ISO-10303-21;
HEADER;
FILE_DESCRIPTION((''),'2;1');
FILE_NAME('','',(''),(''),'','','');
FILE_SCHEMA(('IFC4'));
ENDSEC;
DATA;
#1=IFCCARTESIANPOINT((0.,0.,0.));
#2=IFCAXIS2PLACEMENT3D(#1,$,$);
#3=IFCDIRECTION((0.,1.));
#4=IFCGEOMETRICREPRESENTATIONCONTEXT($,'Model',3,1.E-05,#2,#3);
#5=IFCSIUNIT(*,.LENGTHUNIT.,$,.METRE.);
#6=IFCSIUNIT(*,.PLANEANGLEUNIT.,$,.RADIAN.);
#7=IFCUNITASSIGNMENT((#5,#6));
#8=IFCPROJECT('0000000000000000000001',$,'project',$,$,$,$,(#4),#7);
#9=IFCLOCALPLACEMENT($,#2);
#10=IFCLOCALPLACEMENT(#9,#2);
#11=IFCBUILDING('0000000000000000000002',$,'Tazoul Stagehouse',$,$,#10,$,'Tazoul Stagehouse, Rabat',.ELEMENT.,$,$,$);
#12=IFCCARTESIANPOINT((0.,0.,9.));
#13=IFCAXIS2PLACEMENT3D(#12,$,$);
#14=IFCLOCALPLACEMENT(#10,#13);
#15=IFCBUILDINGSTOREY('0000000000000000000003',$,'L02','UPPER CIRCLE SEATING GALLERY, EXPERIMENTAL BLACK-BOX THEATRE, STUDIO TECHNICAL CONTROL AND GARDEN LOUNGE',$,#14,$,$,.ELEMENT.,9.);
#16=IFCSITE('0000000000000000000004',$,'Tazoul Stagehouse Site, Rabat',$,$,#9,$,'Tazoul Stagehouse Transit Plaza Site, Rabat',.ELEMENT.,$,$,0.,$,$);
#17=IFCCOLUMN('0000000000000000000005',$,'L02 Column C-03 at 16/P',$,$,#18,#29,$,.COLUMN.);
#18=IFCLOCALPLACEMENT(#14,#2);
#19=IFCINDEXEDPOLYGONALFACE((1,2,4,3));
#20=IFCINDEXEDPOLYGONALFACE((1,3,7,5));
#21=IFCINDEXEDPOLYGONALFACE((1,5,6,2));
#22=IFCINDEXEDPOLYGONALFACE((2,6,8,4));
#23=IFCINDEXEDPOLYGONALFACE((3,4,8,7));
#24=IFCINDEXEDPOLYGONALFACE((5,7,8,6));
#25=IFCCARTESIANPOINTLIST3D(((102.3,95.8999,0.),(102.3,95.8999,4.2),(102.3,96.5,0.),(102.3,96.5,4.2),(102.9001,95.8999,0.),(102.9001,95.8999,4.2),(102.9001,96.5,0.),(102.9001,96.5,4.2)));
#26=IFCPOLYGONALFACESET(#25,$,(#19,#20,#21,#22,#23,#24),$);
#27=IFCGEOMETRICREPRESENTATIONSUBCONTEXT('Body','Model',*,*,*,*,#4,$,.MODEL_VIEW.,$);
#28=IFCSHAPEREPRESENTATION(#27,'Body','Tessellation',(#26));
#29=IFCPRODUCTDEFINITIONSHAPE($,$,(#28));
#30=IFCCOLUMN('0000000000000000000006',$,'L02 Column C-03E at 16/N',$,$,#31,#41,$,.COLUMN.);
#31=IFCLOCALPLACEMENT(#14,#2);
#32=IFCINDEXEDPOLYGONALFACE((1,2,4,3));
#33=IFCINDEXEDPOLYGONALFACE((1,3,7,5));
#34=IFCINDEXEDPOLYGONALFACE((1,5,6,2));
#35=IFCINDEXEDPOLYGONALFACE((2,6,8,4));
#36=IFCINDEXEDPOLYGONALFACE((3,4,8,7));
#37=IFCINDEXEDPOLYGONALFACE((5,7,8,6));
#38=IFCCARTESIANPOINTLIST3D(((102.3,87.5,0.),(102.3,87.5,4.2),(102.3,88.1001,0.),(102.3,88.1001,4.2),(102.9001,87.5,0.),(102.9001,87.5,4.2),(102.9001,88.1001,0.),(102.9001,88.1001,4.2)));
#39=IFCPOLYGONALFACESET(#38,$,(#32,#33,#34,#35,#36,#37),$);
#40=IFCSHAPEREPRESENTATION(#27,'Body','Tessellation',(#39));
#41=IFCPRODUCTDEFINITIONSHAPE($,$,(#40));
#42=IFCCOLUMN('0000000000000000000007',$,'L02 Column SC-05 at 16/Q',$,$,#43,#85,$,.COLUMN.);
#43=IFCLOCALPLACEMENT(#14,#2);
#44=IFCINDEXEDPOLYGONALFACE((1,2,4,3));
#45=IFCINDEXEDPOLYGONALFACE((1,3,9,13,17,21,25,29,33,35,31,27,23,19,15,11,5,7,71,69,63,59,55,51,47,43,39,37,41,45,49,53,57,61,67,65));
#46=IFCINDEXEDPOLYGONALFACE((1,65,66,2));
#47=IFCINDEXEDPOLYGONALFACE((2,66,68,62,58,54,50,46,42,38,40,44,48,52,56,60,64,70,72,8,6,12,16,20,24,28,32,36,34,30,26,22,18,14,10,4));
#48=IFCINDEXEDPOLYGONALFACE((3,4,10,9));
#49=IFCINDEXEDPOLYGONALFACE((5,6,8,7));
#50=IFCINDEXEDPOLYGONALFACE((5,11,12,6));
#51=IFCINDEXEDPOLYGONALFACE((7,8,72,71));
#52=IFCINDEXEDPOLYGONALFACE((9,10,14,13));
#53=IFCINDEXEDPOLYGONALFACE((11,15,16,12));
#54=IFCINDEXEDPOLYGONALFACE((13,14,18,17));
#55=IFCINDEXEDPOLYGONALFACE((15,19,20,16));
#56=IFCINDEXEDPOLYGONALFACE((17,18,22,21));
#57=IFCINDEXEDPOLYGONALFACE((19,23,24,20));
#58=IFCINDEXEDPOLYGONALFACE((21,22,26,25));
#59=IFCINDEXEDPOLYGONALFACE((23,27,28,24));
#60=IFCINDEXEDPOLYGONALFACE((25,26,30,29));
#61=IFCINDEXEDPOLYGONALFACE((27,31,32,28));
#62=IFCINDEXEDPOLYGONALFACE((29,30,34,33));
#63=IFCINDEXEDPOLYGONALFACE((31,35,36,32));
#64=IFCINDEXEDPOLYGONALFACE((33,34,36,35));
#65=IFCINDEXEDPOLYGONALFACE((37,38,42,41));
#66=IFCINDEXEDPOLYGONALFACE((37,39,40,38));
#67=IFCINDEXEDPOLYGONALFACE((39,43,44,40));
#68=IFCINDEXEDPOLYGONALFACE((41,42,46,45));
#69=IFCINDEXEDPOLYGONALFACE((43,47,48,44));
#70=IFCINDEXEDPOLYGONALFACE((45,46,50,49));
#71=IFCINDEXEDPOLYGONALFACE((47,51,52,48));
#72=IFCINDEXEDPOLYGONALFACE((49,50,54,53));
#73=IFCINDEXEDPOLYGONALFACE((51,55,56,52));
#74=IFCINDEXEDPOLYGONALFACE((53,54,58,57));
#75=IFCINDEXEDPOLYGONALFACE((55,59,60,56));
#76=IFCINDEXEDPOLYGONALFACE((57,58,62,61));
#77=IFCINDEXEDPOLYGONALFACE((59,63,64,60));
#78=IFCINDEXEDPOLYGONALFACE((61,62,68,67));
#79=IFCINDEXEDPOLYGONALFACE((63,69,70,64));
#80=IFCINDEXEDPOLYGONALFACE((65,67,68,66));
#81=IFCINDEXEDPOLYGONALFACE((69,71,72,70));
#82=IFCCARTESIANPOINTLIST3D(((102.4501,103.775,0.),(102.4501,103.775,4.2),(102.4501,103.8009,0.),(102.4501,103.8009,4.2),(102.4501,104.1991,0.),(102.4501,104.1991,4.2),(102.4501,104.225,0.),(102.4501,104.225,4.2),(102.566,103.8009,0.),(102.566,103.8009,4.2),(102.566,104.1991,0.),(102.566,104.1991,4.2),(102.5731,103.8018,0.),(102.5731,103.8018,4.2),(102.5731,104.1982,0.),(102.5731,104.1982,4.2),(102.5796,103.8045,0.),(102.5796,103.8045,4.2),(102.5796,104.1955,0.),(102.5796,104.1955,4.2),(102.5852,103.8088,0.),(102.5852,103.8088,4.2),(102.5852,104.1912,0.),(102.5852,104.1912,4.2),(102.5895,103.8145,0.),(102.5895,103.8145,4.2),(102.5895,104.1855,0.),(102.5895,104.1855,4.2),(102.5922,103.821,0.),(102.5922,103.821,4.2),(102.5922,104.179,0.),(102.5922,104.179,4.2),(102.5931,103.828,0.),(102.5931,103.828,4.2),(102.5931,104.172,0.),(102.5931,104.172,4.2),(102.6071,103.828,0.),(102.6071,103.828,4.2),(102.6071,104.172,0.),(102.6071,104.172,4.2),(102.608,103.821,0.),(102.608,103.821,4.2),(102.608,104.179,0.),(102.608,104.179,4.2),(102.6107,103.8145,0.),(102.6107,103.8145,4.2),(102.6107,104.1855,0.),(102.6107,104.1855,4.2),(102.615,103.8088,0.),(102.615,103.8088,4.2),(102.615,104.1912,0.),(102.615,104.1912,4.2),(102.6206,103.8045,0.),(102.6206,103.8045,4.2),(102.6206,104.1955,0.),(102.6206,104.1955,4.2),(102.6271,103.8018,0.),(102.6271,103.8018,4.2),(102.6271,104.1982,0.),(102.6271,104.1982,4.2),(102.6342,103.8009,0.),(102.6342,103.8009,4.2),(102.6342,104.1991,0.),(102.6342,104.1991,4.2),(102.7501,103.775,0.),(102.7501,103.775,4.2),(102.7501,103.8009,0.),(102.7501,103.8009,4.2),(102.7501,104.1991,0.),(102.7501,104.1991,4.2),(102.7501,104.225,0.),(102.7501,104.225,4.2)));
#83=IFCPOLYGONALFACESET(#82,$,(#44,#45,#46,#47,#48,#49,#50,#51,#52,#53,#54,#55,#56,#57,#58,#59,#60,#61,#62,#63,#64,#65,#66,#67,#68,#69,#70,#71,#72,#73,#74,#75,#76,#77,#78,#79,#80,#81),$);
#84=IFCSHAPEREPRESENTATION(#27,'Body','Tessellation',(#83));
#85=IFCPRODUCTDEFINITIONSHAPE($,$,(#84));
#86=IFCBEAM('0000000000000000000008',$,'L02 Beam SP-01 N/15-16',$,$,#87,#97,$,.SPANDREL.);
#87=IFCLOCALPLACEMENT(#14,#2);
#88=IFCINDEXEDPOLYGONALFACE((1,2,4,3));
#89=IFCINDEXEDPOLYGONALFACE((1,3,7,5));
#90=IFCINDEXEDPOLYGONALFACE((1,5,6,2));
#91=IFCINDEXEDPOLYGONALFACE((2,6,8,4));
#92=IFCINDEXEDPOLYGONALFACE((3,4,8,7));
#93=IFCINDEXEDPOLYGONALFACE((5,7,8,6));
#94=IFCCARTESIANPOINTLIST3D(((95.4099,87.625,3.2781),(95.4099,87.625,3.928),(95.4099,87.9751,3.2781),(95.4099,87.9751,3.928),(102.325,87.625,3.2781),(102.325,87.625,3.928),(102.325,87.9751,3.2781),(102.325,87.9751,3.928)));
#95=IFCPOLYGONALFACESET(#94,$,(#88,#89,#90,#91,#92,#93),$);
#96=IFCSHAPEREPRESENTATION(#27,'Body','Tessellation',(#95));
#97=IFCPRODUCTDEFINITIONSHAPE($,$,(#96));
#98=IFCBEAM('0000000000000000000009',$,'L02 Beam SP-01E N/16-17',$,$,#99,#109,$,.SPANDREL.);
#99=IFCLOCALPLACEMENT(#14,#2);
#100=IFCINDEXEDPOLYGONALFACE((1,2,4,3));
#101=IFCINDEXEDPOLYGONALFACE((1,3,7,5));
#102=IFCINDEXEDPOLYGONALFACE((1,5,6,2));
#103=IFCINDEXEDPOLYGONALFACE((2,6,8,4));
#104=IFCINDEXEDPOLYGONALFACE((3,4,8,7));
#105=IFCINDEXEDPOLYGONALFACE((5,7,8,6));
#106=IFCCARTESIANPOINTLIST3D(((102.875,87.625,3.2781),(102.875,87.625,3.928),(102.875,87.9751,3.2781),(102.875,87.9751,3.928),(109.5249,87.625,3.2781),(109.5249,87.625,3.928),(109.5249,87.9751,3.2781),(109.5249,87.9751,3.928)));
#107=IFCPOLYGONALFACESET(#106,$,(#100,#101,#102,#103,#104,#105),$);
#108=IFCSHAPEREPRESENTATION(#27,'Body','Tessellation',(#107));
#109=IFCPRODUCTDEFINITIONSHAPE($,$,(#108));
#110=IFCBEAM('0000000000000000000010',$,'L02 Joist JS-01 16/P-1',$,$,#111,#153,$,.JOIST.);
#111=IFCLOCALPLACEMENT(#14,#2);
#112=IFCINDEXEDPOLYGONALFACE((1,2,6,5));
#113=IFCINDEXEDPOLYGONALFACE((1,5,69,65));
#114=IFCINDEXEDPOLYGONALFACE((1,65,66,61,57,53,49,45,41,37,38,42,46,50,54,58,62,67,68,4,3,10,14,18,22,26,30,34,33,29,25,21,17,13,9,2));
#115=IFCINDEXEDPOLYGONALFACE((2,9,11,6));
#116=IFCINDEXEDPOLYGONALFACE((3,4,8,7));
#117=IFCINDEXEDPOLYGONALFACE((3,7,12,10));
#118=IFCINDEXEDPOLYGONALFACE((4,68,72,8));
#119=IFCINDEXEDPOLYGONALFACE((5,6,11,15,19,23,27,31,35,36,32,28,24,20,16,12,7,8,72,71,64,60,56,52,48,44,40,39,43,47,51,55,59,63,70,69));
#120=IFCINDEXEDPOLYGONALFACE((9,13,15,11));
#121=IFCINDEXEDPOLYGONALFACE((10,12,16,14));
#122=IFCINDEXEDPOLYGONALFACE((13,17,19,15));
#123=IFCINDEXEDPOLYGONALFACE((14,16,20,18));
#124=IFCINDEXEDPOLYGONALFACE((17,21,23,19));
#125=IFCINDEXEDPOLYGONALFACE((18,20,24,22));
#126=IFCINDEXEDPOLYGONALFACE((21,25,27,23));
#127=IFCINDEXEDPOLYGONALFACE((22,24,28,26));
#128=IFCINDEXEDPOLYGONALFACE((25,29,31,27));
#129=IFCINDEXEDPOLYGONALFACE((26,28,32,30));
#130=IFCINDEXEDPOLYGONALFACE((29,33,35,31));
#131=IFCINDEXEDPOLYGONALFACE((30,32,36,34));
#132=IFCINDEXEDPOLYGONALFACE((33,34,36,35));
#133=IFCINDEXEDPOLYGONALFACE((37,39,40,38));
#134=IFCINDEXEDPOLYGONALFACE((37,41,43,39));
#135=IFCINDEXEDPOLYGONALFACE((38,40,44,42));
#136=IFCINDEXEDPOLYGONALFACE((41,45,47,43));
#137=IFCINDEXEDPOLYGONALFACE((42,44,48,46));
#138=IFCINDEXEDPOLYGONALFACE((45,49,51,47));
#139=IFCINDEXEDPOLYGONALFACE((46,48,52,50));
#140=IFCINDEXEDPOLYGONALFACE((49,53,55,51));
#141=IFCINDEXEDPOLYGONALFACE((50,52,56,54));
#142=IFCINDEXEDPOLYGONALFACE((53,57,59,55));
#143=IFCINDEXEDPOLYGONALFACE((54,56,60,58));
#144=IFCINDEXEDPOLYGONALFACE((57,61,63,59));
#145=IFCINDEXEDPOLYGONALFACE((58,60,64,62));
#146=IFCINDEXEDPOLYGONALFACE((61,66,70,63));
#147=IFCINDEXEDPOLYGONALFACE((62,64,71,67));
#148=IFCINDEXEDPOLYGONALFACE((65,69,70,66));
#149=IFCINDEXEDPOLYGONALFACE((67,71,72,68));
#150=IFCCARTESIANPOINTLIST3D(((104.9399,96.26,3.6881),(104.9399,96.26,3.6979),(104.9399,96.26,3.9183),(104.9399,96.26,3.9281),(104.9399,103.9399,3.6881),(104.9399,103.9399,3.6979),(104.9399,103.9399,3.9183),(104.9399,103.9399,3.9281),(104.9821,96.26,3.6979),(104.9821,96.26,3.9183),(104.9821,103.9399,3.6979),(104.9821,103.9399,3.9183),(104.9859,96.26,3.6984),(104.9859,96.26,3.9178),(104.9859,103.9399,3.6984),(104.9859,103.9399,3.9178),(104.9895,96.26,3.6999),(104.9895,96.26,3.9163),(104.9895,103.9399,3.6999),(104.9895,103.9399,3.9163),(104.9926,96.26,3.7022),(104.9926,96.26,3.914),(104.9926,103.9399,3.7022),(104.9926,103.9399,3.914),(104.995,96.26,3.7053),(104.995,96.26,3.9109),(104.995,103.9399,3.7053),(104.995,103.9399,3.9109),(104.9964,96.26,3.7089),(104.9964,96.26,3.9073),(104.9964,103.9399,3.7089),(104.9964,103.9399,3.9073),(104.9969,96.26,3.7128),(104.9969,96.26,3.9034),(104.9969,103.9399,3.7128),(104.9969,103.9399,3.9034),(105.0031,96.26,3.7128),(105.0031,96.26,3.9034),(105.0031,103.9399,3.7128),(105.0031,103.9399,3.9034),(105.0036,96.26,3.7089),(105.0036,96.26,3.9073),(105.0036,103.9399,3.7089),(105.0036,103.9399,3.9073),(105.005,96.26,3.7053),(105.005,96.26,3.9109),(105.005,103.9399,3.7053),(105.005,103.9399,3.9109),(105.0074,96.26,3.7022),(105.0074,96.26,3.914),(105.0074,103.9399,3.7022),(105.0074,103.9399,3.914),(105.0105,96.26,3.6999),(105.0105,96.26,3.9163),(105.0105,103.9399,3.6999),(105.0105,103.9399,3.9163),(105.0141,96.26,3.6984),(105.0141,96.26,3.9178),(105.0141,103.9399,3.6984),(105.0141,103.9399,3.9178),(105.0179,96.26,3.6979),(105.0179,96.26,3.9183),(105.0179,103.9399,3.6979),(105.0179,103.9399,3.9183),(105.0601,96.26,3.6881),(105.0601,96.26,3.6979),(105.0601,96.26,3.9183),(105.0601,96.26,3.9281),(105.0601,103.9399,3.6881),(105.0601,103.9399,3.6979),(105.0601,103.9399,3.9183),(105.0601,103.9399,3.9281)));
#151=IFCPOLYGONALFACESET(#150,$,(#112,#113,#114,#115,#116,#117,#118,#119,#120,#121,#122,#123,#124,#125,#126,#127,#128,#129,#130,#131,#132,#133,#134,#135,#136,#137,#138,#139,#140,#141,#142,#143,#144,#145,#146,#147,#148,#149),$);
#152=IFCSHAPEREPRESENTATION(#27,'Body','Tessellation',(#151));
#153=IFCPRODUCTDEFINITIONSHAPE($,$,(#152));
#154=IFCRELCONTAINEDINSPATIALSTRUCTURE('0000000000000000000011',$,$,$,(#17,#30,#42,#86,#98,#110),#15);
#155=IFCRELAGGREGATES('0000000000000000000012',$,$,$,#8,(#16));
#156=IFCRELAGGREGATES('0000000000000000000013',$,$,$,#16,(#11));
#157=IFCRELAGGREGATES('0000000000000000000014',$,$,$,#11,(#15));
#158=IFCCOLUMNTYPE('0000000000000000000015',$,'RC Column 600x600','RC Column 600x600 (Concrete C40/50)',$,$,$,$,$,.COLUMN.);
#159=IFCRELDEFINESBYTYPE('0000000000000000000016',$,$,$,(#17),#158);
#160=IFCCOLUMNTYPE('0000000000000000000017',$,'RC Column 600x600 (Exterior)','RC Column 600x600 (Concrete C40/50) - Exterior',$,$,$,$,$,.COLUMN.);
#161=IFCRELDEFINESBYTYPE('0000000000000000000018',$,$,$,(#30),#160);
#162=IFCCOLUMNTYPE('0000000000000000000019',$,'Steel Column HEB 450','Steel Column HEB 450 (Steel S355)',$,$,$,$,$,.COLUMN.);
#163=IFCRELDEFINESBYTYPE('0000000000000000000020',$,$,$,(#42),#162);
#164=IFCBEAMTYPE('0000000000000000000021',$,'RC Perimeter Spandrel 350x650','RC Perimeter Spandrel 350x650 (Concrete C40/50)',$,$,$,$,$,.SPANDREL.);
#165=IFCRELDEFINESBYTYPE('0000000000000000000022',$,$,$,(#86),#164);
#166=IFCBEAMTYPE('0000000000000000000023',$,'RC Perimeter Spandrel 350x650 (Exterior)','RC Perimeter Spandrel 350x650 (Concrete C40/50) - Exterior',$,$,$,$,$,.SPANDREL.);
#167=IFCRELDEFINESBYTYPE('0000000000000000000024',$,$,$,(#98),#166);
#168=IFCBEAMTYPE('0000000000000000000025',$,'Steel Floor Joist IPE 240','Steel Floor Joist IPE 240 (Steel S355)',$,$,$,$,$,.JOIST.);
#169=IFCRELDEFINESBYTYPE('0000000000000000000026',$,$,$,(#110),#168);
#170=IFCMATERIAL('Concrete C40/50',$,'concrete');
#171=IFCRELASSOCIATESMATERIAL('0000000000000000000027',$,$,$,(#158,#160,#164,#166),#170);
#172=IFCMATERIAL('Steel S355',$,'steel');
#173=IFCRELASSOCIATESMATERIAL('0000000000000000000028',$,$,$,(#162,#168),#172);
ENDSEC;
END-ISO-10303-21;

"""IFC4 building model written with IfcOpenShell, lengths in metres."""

from ifc_helpers import new_model, si_unit, direction, frame, origin, origin_2d, place, context, subcontext, project, spatial, rectangle, i_section, extrude, material, material_profile, profile_set, type_object, element, save


model = new_model("IFC4")

# Units and contexts
model_context = context("Model", 3, precision=1e-05, world=origin(), true_north=direction((0.0, 1.0)))
body_context = subcontext(model_context, "Body", "Model", "MODEL_VIEW")
ifc_project = project(units=[si_unit("LENGTHUNIT", "METRE"), si_unit("PLANEANGLEUNIT", "RADIAN")], contexts=[model_context])

# Site, building, storey
site_placement = place(None, origin())
site = spatial("IfcSite", under=ifc_project, at=site_placement, Name="Tazoul Stagehouse Site, Rabat", LongName="Tazoul Stagehouse Transit Plaza Site, Rabat", CompositionType="ELEMENT", RefElevation=0.0)
building_placement = place(site_placement, origin())
building = spatial("IfcBuilding", under=site, at=building_placement, Name="Tazoul Stagehouse", LongName="Tazoul Stagehouse, Rabat", CompositionType="ELEMENT")
storey_placement = place(building_placement, frame((0.0, 0.0, 9.0)))
storey = spatial("IfcBuildingStorey", under=building, at=storey_placement, Name="L02", Description="UPPER CIRCLE SEATING GALLERY, EXPERIMENTAL BLACK-BOX THEATRE, STUDIO TECHNICAL CONTROL AND GARDEN LOUNGE", CompositionType="ELEMENT", Elevation=9.0)

# Columns
ifc_material_1 = material(Name="Concrete C40/50", Category="concrete")
ifc_material_profile_1 = material_profile(ifc_material_1, rectangle(XDim=0.6001, YDim=0.6001, at=origin_2d()), Name="RC 600x600")
ifc_profile_set_1 = profile_set([ifc_material_profile_1], Name="Concrete C40/50")
column_type_1 = type_object("IfcColumnType", Name="RC Column 600x600", Description="RC Column 600x600 (Concrete C40/50)", PredefinedType="COLUMN", material=ifc_profile_set_1)
column_1_placement = place(storey_placement, frame((102.6001, 96.2, 0.0), z_axis=(0.0, 0.0, 1.0), x_axis=(1.0, 0.0, 0.0)))
element("IfcColumn", 1, at=column_1_placement, inside=storey, type_object=column_type_1, Name="L02 Column C-03 at 16/P", PredefinedType="COLUMN", context=body_context, shape_type="SweptSolid", body=[
    extrude(rectangle(XDim=0.6001, YDim=0.6001, at=origin_2d()), origin(), (0.0, 0.0, 1.0), 4.2),
])
ifc_material_profile_2 = material_profile(ifc_material_1, rectangle(XDim=0.6001, YDim=0.6001, at=origin_2d()), Name="RC 600x600")
ifc_profile_set_2 = profile_set([ifc_material_profile_2], Name="Concrete C40/50")
column_type_2 = type_object("IfcColumnType", Name="RC Column 600x600 (Exterior)", Description="RC Column 600x600 (Concrete C40/50) - Exterior", PredefinedType="COLUMN", material=ifc_profile_set_2)
column_2_placement = place(storey_placement, frame((102.6001, 87.8, 0.0), z_axis=(0.0, 0.0, 1.0), x_axis=(1.0, 0.0, 0.0)))
element("IfcColumn", 2, at=column_2_placement, inside=storey, type_object=column_type_2, Name="L02 Column C-03E at 16/N", PredefinedType="COLUMN", context=body_context, shape_type="SweptSolid", body=[
    extrude(rectangle(XDim=0.6001, YDim=0.6001, at=origin_2d()), origin(), (0.0, 0.0, 1.0), 4.2),
])
ifc_material_2 = material(Name="Steel S355", Category="steel")
ifc_material_profile_3 = material_profile(ifc_material_2, i_section(OverallWidth=0.3, OverallDepth=0.45, WebThickness=0.0139, FlangeThickness=0.0259, FilletRadius=0.0271, at=origin_2d()), Name="HEB 450")
ifc_profile_set_3 = profile_set([ifc_material_profile_3], Name="Steel S355")
column_type_3 = type_object("IfcColumnType", Name="Steel Column HEB 450", Description="Steel Column HEB 450 (Steel S355)", PredefinedType="COLUMN", material=ifc_profile_set_3)
column_3_placement = place(storey_placement, frame((102.6001, 104.0, 0.0), z_axis=(0.0, 0.0, 1.0), x_axis=(1.0, 0.0, 0.0)))
element("IfcColumn", 3, at=column_3_placement, inside=storey, type_object=column_type_3, Name="L02 Column SC-05 at 16/Q", PredefinedType="COLUMN", context=body_context, shape_type="SweptSolid", body=[
    extrude(i_section(OverallWidth=0.3, OverallDepth=0.45, WebThickness=0.0139, FlangeThickness=0.0259, FilletRadius=0.0271, at=origin_2d()), origin(), (0.0, 0.0, 1.0), 4.2),
])

# Beams
ifc_material_profile_4 = material_profile(ifc_material_1, rectangle(XDim=0.3501, YDim=0.6499, at=origin_2d()), Name="RC 350x650")
ifc_profile_set_4 = profile_set([ifc_material_profile_4], Name="Concrete C40/50")
beam_type_1 = type_object("IfcBeamType", Name="RC Perimeter Spandrel 350x650", Description="RC Perimeter Spandrel 350x650 (Concrete C40/50)", PredefinedType="SPANDREL", material=ifc_profile_set_4)
beam_1_placement = place(storey_placement, frame((95.4099, 87.8, 3.603), z_axis=(1.0, 0.0, 0.0), x_axis=(0.0, 1.0, 0.0)))
element("IfcBeam", 4, at=beam_1_placement, inside=storey, type_object=beam_type_1, Name="L02 Beam SP-01 N/15-16", PredefinedType="SPANDREL", context=body_context, shape_type="SweptSolid", body=[
    extrude(rectangle(XDim=0.3501, YDim=0.6499, at=origin_2d()), origin(), (0.0, 0.0, 1.0), 6.915),
])
ifc_material_profile_5 = material_profile(ifc_material_1, rectangle(XDim=0.3501, YDim=0.6499, at=origin_2d()), Name="RC 350x650")
ifc_profile_set_5 = profile_set([ifc_material_profile_5], Name="Concrete C40/50")
beam_type_2 = type_object("IfcBeamType", Name="RC Perimeter Spandrel 350x650 (Exterior)", Description="RC Perimeter Spandrel 350x650 (Concrete C40/50) - Exterior", PredefinedType="SPANDREL", material=ifc_profile_set_5)
beam_2_placement = place(storey_placement, frame((102.875, 87.8, 3.603), z_axis=(1.0, 0.0, 0.0), x_axis=(0.0, 1.0, 0.0)))
element("IfcBeam", 5, at=beam_2_placement, inside=storey, type_object=beam_type_2, Name="L02 Beam SP-01E N/16-17", PredefinedType="SPANDREL", context=body_context, shape_type="SweptSolid", body=[
    extrude(rectangle(XDim=0.3501, YDim=0.6499, at=origin_2d()), origin(), (0.0, 0.0, 1.0), 6.6499),
])
ifc_material_profile_6 = material_profile(ifc_material_2, i_section(OverallWidth=0.1201, OverallDepth=0.24, WebThickness=0.0061, FlangeThickness=0.0098, FilletRadius=0.0149, at=origin_2d()), Name="IPE 240")
ifc_profile_set_6 = profile_set([ifc_material_profile_6], Name="Steel S355")
beam_type_3 = type_object("IfcBeamType", Name="Steel Floor Joist IPE 240", Description="Steel Floor Joist IPE 240 (Steel S355)", PredefinedType="JOIST", material=ifc_profile_set_6)
beam_3_placement = place(storey_placement, frame((105.0, 96.26, 3.8081), z_axis=(0.0, 1.0, 0.0), x_axis=(-1.0, 0.0, 0.0)))
element("IfcBeam", 6, at=beam_3_placement, inside=storey, type_object=beam_type_3, Name="L02 Joist JS-01 16/P-1", PredefinedType="JOIST", context=body_context, shape_type="SweptSolid", body=[
    extrude(i_section(OverallWidth=0.1201, OverallDepth=0.24, WebThickness=0.0061, FlangeThickness=0.0098, FilletRadius=0.0149, at=origin_2d()), origin(), (0.0, 0.0, 1.0), 7.6799),
])

save(model, "model.ifc")
